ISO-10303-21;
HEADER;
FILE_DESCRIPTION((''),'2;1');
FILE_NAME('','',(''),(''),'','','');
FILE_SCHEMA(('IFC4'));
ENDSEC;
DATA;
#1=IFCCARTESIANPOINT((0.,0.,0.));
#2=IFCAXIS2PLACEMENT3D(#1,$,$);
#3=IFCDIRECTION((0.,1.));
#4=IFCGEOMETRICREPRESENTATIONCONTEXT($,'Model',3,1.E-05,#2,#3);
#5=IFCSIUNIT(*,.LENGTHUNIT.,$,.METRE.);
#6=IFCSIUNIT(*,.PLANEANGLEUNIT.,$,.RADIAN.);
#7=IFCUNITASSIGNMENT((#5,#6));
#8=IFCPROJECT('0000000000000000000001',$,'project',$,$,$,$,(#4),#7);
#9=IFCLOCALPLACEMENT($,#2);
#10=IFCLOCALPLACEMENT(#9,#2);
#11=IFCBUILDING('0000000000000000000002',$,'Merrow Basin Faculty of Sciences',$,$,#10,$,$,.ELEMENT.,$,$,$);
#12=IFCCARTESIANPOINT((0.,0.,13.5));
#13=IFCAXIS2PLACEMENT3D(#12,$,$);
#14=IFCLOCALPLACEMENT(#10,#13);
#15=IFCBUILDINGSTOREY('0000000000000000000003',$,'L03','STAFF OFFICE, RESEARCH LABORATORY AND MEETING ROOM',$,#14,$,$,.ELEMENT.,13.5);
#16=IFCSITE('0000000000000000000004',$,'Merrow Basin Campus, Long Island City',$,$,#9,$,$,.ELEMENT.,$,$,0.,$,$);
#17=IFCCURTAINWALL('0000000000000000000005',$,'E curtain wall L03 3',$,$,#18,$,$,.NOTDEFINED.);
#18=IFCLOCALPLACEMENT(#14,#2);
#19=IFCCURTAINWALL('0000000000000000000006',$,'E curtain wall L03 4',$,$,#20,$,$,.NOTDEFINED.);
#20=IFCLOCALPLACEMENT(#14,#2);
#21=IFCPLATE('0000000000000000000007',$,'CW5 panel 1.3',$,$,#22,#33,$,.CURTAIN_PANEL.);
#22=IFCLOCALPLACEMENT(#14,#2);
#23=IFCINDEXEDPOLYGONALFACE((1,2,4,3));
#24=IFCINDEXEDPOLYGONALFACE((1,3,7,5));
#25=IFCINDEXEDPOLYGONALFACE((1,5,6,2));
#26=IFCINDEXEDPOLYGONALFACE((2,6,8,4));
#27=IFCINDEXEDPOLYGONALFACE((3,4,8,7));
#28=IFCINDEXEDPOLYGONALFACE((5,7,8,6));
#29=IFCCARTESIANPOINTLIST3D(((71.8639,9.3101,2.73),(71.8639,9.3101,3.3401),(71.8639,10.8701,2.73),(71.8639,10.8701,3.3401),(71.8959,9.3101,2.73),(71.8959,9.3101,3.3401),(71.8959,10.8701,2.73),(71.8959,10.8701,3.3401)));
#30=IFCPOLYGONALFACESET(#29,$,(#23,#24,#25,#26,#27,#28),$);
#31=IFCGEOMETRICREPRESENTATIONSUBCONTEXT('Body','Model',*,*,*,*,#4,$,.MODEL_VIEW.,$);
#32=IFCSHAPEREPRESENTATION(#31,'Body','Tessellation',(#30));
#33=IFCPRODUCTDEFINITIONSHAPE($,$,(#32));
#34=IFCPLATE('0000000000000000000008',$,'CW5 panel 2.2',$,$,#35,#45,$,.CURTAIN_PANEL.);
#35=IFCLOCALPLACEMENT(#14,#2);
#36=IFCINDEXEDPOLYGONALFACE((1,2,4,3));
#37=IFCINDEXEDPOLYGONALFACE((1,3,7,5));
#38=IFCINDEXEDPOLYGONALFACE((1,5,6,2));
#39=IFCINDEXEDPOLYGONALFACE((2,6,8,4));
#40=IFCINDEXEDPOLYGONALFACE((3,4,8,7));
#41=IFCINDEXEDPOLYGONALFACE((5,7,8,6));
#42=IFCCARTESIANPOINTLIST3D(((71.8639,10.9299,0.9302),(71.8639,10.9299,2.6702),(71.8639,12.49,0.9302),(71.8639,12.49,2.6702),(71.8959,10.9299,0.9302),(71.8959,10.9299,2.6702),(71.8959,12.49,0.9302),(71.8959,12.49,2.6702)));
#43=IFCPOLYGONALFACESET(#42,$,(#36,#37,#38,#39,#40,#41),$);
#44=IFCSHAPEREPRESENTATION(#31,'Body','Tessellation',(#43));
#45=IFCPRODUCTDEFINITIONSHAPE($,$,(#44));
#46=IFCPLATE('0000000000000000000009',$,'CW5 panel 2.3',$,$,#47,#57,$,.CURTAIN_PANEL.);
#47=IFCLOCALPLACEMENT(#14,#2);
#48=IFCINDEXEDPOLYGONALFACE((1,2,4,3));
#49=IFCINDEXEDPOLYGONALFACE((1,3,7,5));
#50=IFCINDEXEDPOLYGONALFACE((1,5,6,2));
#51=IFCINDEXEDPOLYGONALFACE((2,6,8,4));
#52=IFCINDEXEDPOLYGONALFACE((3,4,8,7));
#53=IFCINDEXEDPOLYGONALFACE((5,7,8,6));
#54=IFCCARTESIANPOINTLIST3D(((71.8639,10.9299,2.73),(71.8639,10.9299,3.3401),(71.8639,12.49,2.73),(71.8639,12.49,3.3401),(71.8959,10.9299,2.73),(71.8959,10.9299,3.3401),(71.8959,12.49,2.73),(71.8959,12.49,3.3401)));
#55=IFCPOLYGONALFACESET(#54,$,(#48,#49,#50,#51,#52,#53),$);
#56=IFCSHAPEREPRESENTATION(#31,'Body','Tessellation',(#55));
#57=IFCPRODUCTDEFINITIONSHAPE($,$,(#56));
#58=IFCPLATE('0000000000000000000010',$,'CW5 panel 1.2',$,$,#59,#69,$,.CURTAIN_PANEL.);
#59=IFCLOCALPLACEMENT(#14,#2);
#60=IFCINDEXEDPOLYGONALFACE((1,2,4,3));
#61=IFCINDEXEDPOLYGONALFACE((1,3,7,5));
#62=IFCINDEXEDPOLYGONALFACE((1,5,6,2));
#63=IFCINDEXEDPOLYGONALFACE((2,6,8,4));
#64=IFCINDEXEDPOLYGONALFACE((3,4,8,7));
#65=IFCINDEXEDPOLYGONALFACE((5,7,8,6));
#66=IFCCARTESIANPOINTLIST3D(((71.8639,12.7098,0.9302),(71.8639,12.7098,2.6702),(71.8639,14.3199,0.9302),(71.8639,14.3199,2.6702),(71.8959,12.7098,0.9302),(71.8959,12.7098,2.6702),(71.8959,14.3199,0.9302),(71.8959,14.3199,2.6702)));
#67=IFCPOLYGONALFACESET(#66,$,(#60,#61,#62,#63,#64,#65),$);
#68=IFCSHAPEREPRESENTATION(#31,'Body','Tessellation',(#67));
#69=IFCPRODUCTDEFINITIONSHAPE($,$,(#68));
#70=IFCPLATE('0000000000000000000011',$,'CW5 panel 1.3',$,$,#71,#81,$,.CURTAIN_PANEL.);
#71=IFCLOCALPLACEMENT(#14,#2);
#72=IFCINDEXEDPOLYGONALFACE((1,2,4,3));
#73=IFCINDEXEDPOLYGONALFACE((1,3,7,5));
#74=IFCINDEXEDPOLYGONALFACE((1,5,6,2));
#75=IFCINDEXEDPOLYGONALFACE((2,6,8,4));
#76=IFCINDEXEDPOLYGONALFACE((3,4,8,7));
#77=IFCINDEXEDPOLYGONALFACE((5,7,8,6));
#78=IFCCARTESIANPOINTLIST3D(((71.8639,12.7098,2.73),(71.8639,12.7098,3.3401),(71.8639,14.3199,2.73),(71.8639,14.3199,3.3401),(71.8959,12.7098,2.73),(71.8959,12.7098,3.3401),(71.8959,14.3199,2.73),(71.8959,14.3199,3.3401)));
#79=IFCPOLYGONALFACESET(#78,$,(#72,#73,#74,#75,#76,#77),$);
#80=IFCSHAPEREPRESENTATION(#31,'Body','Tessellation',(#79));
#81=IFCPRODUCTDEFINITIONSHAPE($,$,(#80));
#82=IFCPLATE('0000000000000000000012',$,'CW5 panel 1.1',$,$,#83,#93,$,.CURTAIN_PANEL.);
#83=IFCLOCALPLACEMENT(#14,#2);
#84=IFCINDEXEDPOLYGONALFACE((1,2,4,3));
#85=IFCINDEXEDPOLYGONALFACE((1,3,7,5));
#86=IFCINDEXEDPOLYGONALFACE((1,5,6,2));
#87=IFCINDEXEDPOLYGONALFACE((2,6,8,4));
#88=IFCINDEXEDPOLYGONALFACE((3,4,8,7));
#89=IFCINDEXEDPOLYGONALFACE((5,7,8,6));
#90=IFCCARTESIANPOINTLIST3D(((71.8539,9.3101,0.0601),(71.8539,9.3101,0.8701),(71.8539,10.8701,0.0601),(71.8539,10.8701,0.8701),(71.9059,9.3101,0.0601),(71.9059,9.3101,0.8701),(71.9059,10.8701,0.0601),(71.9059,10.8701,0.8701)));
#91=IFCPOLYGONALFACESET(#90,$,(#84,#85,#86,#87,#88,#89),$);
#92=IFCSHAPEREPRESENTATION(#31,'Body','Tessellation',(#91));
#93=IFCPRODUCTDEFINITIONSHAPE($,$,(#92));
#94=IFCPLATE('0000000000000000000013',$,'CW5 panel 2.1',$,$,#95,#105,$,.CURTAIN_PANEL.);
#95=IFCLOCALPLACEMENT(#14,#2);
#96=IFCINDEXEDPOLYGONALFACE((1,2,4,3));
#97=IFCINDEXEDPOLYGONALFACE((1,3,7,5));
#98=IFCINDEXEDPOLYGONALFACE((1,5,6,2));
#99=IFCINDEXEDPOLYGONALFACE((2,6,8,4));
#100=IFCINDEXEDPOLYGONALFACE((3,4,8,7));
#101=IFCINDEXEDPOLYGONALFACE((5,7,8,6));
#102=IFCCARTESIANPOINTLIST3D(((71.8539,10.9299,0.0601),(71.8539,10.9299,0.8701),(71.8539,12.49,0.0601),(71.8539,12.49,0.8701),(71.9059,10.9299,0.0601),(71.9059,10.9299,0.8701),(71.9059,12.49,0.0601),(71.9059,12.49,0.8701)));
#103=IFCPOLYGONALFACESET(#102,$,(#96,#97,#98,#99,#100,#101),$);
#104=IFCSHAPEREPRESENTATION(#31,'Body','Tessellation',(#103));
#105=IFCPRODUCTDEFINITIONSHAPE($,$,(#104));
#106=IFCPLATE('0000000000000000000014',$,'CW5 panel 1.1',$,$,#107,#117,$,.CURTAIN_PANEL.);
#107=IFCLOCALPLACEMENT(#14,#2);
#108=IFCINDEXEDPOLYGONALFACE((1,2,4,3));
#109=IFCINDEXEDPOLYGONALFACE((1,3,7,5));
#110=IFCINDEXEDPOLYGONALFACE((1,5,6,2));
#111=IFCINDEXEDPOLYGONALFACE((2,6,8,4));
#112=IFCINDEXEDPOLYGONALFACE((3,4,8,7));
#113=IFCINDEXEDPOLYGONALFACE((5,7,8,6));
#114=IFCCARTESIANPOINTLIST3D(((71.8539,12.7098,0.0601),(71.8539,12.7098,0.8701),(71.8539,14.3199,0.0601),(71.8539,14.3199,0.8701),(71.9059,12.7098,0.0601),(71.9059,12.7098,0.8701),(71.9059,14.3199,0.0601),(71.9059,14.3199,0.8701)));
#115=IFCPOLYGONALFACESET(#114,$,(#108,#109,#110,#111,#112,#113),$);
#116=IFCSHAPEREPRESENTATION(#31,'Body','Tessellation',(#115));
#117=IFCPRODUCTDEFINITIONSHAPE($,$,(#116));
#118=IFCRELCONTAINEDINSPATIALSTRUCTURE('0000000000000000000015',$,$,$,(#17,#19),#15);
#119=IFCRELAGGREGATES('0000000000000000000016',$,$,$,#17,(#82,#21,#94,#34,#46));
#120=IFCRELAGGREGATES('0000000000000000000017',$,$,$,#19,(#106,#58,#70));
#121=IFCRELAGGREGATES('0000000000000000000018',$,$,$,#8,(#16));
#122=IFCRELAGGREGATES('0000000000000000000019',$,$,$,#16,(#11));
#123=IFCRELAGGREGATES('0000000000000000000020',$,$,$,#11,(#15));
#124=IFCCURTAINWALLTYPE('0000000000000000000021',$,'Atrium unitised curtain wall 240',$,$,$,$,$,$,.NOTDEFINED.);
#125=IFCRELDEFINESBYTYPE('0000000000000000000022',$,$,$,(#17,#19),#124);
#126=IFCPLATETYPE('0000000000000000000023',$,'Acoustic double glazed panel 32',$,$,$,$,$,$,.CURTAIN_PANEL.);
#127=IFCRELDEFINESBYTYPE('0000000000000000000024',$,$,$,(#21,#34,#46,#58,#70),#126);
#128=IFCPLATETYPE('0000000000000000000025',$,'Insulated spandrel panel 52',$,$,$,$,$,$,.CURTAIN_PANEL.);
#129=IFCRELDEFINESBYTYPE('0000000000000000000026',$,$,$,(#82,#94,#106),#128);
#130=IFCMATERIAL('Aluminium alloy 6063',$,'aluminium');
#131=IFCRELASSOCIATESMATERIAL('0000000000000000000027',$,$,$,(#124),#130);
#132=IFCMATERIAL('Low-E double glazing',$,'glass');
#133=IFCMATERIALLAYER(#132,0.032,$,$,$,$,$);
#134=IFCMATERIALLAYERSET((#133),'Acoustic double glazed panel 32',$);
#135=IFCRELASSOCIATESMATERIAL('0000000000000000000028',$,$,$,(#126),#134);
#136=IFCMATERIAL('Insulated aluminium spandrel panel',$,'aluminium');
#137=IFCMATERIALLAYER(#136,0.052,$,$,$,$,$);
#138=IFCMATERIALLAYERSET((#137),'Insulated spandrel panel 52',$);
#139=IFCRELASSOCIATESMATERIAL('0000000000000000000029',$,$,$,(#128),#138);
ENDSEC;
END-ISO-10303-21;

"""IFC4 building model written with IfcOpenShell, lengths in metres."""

from ifc_helpers import new_model, si_unit, direction, frame, origin, origin_2d, place, context, subcontext, project, spatial, rectangle, extrude, material, layer, layer_set, type_object, element, aggregate, save


model = new_model("IFC4")

# Units and contexts
model_context = context("Model", 3, precision=1e-05, world=origin(), true_north=direction((0.0, 1.0)))
body_context = subcontext(model_context, "Body", "Model", "MODEL_VIEW")
ifc_project = project(units=[si_unit("LENGTHUNIT", "METRE"), si_unit("PLANEANGLEUNIT", "RADIAN")], contexts=[model_context])

# Site, building, storey
site_placement = place(None, origin())
site = spatial("IfcSite", under=ifc_project, at=site_placement, Name="Merrow Basin Campus, Long Island City", CompositionType="ELEMENT", RefElevation=0.0)
building_placement = place(site_placement, origin())
building = spatial("IfcBuilding", under=site, at=building_placement, Name="Merrow Basin Faculty of Sciences", CompositionType="ELEMENT")
storey_placement = place(building_placement, frame((0.0, 0.0, 13.5)))
storey = spatial("IfcBuildingStorey", under=building, at=storey_placement, Name="L03", Description="STAFF OFFICE, RESEARCH LABORATORY AND MEETING ROOM", CompositionType="ELEMENT", Elevation=13.5)

# Curtain walls
ifc_material_1 = material(Name="Aluminium alloy 6063", Category="aluminium")
curtain_wall_type = type_object("IfcCurtainWallType", Name="Atrium unitised curtain wall 240", PredefinedType="NOTDEFINED", material=ifc_material_1)
curtain_wall_1_placement = place(storey_placement, origin())
curtain_wall_1 = element("IfcCurtainWall", 1, at=curtain_wall_1_placement, inside=storey, type_object=curtain_wall_type, Name="E curtain wall L03 3", PredefinedType="NOTDEFINED")
curtain_wall_2_placement = place(storey_placement, origin())
curtain_wall_2 = element("IfcCurtainWall", 2, at=curtain_wall_2_placement, inside=storey, type_object=curtain_wall_type, Name="E curtain wall L03 4", PredefinedType="NOTDEFINED")

# Plates
ifc_material_2 = material(Name="Low-E double glazing", Category="glass")
ifc_layer_1 = layer(ifc_material_2, 0.032)
ifc_layer_set_1 = layer_set([ifc_layer_1], Name="Acoustic double glazed panel 32")
plate_type_1 = type_object("IfcPlateType", Name="Acoustic double glazed panel 32", PredefinedType="CURTAIN_PANEL", material=ifc_layer_set_1)
plate_1_placement = place(storey_placement, frame((71.8799, 10.0901, 2.73), z_axis=(0.0, 0.0, 1.0), x_axis=(0.0, 1.0, 0.0)))
plate_1 = element("IfcPlate", 3, at=plate_1_placement, type_object=plate_type_1, Name="CW5 panel 1.3", PredefinedType="CURTAIN_PANEL", context=body_context, shape_type="SweptSolid", body=[
    extrude(rectangle(XDim=1.5601, YDim=0.032, at=origin_2d()), origin(), (0.0, 0.0, 1.0), 0.6101),
])
plate_2_placement = place(storey_placement, frame((71.8799, 11.71, 0.9302), z_axis=(0.0, 0.0, 1.0), x_axis=(0.0, 1.0, 0.0)))
plate_2 = element("IfcPlate", 4, at=plate_2_placement, type_object=plate_type_1, Name="CW5 panel 2.2", PredefinedType="CURTAIN_PANEL", context=body_context, shape_type="SweptSolid", body=[
    extrude(rectangle(XDim=1.5601, YDim=0.032, at=origin_2d()), origin(), (0.0, 0.0, 1.0), 1.74),
])
plate_3_placement = place(storey_placement, frame((71.8799, 11.71, 2.73), z_axis=(0.0, 0.0, 1.0), x_axis=(0.0, 1.0, 0.0)))
plate_3 = element("IfcPlate", 5, at=plate_3_placement, type_object=plate_type_1, Name="CW5 panel 2.3", PredefinedType="CURTAIN_PANEL", context=body_context, shape_type="SweptSolid", body=[
    extrude(rectangle(XDim=1.5601, YDim=0.032, at=origin_2d()), origin(), (0.0, 0.0, 1.0), 0.6101),
])
plate_4_placement = place(storey_placement, frame((71.8799, 13.5149, 0.9302), z_axis=(0.0, 0.0, 1.0), x_axis=(0.0, 1.0, 0.0)))
plate_4 = element("IfcPlate", 6, at=plate_4_placement, type_object=plate_type_1, Name="CW5 panel 1.2", PredefinedType="CURTAIN_PANEL", context=body_context, shape_type="SweptSolid", body=[
    extrude(rectangle(XDim=1.6101, YDim=0.032, at=origin_2d()), origin(), (0.0, 0.0, 1.0), 1.74),
])
plate_5_placement = place(storey_placement, frame((71.8799, 13.5149, 2.73), z_axis=(0.0, 0.0, 1.0), x_axis=(0.0, 1.0, 0.0)))
plate_5 = element("IfcPlate", 7, at=plate_5_placement, type_object=plate_type_1, Name="CW5 panel 1.3", PredefinedType="CURTAIN_PANEL", context=body_context, shape_type="SweptSolid", body=[
    extrude(rectangle(XDim=1.6101, YDim=0.032, at=origin_2d()), origin(), (0.0, 0.0, 1.0), 0.6101),
])
ifc_material_3 = material(Name="Insulated aluminium spandrel panel", Category="aluminium")
ifc_layer_2 = layer(ifc_material_3, 0.052)
ifc_layer_set_2 = layer_set([ifc_layer_2], Name="Insulated spandrel panel 52")
plate_type_2 = type_object("IfcPlateType", Name="Insulated spandrel panel 52", PredefinedType="CURTAIN_PANEL", material=ifc_layer_set_2)
plate_6_placement = place(storey_placement, frame((71.8799, 10.0901, 0.0601), z_axis=(0.0, 0.0, 1.0), x_axis=(0.0, 1.0, 0.0)))
plate_6 = element("IfcPlate", 8, at=plate_6_placement, type_object=plate_type_2, Name="CW5 panel 1.1", PredefinedType="CURTAIN_PANEL", context=body_context, shape_type="SweptSolid", body=[
    extrude(rectangle(XDim=1.5601, YDim=0.052, at=origin_2d()), origin(), (0.0, 0.0, 1.0), 0.8101),
])
plate_7_placement = place(storey_placement, frame((71.8799, 11.71, 0.0601), z_axis=(0.0, 0.0, 1.0), x_axis=(0.0, 1.0, 0.0)))
plate_7 = element("IfcPlate", 9, at=plate_7_placement, type_object=plate_type_2, Name="CW5 panel 2.1", PredefinedType="CURTAIN_PANEL", context=body_context, shape_type="SweptSolid", body=[
    extrude(rectangle(XDim=1.5601, YDim=0.052, at=origin_2d()), origin(), (0.0, 0.0, 1.0), 0.8101),
])
aggregate(curtain_wall_1, [plate_6, plate_1, plate_7, plate_2, plate_3])
plate_8_placement = place(storey_placement, frame((71.8799, 13.5149, 0.0601), z_axis=(0.0, 0.0, 1.0), x_axis=(0.0, 1.0, 0.0)))
plate_8 = element("IfcPlate", 10, at=plate_8_placement, type_object=plate_type_2, Name="CW5 panel 1.1", PredefinedType="CURTAIN_PANEL", context=body_context, shape_type="SweptSolid", body=[
    extrude(rectangle(XDim=1.6101, YDim=0.052, at=origin_2d()), origin(), (0.0, 0.0, 1.0), 0.8101),
])
aggregate(curtain_wall_2, [plate_8, plate_4, plate_5])

save(model, "model.ifc")
